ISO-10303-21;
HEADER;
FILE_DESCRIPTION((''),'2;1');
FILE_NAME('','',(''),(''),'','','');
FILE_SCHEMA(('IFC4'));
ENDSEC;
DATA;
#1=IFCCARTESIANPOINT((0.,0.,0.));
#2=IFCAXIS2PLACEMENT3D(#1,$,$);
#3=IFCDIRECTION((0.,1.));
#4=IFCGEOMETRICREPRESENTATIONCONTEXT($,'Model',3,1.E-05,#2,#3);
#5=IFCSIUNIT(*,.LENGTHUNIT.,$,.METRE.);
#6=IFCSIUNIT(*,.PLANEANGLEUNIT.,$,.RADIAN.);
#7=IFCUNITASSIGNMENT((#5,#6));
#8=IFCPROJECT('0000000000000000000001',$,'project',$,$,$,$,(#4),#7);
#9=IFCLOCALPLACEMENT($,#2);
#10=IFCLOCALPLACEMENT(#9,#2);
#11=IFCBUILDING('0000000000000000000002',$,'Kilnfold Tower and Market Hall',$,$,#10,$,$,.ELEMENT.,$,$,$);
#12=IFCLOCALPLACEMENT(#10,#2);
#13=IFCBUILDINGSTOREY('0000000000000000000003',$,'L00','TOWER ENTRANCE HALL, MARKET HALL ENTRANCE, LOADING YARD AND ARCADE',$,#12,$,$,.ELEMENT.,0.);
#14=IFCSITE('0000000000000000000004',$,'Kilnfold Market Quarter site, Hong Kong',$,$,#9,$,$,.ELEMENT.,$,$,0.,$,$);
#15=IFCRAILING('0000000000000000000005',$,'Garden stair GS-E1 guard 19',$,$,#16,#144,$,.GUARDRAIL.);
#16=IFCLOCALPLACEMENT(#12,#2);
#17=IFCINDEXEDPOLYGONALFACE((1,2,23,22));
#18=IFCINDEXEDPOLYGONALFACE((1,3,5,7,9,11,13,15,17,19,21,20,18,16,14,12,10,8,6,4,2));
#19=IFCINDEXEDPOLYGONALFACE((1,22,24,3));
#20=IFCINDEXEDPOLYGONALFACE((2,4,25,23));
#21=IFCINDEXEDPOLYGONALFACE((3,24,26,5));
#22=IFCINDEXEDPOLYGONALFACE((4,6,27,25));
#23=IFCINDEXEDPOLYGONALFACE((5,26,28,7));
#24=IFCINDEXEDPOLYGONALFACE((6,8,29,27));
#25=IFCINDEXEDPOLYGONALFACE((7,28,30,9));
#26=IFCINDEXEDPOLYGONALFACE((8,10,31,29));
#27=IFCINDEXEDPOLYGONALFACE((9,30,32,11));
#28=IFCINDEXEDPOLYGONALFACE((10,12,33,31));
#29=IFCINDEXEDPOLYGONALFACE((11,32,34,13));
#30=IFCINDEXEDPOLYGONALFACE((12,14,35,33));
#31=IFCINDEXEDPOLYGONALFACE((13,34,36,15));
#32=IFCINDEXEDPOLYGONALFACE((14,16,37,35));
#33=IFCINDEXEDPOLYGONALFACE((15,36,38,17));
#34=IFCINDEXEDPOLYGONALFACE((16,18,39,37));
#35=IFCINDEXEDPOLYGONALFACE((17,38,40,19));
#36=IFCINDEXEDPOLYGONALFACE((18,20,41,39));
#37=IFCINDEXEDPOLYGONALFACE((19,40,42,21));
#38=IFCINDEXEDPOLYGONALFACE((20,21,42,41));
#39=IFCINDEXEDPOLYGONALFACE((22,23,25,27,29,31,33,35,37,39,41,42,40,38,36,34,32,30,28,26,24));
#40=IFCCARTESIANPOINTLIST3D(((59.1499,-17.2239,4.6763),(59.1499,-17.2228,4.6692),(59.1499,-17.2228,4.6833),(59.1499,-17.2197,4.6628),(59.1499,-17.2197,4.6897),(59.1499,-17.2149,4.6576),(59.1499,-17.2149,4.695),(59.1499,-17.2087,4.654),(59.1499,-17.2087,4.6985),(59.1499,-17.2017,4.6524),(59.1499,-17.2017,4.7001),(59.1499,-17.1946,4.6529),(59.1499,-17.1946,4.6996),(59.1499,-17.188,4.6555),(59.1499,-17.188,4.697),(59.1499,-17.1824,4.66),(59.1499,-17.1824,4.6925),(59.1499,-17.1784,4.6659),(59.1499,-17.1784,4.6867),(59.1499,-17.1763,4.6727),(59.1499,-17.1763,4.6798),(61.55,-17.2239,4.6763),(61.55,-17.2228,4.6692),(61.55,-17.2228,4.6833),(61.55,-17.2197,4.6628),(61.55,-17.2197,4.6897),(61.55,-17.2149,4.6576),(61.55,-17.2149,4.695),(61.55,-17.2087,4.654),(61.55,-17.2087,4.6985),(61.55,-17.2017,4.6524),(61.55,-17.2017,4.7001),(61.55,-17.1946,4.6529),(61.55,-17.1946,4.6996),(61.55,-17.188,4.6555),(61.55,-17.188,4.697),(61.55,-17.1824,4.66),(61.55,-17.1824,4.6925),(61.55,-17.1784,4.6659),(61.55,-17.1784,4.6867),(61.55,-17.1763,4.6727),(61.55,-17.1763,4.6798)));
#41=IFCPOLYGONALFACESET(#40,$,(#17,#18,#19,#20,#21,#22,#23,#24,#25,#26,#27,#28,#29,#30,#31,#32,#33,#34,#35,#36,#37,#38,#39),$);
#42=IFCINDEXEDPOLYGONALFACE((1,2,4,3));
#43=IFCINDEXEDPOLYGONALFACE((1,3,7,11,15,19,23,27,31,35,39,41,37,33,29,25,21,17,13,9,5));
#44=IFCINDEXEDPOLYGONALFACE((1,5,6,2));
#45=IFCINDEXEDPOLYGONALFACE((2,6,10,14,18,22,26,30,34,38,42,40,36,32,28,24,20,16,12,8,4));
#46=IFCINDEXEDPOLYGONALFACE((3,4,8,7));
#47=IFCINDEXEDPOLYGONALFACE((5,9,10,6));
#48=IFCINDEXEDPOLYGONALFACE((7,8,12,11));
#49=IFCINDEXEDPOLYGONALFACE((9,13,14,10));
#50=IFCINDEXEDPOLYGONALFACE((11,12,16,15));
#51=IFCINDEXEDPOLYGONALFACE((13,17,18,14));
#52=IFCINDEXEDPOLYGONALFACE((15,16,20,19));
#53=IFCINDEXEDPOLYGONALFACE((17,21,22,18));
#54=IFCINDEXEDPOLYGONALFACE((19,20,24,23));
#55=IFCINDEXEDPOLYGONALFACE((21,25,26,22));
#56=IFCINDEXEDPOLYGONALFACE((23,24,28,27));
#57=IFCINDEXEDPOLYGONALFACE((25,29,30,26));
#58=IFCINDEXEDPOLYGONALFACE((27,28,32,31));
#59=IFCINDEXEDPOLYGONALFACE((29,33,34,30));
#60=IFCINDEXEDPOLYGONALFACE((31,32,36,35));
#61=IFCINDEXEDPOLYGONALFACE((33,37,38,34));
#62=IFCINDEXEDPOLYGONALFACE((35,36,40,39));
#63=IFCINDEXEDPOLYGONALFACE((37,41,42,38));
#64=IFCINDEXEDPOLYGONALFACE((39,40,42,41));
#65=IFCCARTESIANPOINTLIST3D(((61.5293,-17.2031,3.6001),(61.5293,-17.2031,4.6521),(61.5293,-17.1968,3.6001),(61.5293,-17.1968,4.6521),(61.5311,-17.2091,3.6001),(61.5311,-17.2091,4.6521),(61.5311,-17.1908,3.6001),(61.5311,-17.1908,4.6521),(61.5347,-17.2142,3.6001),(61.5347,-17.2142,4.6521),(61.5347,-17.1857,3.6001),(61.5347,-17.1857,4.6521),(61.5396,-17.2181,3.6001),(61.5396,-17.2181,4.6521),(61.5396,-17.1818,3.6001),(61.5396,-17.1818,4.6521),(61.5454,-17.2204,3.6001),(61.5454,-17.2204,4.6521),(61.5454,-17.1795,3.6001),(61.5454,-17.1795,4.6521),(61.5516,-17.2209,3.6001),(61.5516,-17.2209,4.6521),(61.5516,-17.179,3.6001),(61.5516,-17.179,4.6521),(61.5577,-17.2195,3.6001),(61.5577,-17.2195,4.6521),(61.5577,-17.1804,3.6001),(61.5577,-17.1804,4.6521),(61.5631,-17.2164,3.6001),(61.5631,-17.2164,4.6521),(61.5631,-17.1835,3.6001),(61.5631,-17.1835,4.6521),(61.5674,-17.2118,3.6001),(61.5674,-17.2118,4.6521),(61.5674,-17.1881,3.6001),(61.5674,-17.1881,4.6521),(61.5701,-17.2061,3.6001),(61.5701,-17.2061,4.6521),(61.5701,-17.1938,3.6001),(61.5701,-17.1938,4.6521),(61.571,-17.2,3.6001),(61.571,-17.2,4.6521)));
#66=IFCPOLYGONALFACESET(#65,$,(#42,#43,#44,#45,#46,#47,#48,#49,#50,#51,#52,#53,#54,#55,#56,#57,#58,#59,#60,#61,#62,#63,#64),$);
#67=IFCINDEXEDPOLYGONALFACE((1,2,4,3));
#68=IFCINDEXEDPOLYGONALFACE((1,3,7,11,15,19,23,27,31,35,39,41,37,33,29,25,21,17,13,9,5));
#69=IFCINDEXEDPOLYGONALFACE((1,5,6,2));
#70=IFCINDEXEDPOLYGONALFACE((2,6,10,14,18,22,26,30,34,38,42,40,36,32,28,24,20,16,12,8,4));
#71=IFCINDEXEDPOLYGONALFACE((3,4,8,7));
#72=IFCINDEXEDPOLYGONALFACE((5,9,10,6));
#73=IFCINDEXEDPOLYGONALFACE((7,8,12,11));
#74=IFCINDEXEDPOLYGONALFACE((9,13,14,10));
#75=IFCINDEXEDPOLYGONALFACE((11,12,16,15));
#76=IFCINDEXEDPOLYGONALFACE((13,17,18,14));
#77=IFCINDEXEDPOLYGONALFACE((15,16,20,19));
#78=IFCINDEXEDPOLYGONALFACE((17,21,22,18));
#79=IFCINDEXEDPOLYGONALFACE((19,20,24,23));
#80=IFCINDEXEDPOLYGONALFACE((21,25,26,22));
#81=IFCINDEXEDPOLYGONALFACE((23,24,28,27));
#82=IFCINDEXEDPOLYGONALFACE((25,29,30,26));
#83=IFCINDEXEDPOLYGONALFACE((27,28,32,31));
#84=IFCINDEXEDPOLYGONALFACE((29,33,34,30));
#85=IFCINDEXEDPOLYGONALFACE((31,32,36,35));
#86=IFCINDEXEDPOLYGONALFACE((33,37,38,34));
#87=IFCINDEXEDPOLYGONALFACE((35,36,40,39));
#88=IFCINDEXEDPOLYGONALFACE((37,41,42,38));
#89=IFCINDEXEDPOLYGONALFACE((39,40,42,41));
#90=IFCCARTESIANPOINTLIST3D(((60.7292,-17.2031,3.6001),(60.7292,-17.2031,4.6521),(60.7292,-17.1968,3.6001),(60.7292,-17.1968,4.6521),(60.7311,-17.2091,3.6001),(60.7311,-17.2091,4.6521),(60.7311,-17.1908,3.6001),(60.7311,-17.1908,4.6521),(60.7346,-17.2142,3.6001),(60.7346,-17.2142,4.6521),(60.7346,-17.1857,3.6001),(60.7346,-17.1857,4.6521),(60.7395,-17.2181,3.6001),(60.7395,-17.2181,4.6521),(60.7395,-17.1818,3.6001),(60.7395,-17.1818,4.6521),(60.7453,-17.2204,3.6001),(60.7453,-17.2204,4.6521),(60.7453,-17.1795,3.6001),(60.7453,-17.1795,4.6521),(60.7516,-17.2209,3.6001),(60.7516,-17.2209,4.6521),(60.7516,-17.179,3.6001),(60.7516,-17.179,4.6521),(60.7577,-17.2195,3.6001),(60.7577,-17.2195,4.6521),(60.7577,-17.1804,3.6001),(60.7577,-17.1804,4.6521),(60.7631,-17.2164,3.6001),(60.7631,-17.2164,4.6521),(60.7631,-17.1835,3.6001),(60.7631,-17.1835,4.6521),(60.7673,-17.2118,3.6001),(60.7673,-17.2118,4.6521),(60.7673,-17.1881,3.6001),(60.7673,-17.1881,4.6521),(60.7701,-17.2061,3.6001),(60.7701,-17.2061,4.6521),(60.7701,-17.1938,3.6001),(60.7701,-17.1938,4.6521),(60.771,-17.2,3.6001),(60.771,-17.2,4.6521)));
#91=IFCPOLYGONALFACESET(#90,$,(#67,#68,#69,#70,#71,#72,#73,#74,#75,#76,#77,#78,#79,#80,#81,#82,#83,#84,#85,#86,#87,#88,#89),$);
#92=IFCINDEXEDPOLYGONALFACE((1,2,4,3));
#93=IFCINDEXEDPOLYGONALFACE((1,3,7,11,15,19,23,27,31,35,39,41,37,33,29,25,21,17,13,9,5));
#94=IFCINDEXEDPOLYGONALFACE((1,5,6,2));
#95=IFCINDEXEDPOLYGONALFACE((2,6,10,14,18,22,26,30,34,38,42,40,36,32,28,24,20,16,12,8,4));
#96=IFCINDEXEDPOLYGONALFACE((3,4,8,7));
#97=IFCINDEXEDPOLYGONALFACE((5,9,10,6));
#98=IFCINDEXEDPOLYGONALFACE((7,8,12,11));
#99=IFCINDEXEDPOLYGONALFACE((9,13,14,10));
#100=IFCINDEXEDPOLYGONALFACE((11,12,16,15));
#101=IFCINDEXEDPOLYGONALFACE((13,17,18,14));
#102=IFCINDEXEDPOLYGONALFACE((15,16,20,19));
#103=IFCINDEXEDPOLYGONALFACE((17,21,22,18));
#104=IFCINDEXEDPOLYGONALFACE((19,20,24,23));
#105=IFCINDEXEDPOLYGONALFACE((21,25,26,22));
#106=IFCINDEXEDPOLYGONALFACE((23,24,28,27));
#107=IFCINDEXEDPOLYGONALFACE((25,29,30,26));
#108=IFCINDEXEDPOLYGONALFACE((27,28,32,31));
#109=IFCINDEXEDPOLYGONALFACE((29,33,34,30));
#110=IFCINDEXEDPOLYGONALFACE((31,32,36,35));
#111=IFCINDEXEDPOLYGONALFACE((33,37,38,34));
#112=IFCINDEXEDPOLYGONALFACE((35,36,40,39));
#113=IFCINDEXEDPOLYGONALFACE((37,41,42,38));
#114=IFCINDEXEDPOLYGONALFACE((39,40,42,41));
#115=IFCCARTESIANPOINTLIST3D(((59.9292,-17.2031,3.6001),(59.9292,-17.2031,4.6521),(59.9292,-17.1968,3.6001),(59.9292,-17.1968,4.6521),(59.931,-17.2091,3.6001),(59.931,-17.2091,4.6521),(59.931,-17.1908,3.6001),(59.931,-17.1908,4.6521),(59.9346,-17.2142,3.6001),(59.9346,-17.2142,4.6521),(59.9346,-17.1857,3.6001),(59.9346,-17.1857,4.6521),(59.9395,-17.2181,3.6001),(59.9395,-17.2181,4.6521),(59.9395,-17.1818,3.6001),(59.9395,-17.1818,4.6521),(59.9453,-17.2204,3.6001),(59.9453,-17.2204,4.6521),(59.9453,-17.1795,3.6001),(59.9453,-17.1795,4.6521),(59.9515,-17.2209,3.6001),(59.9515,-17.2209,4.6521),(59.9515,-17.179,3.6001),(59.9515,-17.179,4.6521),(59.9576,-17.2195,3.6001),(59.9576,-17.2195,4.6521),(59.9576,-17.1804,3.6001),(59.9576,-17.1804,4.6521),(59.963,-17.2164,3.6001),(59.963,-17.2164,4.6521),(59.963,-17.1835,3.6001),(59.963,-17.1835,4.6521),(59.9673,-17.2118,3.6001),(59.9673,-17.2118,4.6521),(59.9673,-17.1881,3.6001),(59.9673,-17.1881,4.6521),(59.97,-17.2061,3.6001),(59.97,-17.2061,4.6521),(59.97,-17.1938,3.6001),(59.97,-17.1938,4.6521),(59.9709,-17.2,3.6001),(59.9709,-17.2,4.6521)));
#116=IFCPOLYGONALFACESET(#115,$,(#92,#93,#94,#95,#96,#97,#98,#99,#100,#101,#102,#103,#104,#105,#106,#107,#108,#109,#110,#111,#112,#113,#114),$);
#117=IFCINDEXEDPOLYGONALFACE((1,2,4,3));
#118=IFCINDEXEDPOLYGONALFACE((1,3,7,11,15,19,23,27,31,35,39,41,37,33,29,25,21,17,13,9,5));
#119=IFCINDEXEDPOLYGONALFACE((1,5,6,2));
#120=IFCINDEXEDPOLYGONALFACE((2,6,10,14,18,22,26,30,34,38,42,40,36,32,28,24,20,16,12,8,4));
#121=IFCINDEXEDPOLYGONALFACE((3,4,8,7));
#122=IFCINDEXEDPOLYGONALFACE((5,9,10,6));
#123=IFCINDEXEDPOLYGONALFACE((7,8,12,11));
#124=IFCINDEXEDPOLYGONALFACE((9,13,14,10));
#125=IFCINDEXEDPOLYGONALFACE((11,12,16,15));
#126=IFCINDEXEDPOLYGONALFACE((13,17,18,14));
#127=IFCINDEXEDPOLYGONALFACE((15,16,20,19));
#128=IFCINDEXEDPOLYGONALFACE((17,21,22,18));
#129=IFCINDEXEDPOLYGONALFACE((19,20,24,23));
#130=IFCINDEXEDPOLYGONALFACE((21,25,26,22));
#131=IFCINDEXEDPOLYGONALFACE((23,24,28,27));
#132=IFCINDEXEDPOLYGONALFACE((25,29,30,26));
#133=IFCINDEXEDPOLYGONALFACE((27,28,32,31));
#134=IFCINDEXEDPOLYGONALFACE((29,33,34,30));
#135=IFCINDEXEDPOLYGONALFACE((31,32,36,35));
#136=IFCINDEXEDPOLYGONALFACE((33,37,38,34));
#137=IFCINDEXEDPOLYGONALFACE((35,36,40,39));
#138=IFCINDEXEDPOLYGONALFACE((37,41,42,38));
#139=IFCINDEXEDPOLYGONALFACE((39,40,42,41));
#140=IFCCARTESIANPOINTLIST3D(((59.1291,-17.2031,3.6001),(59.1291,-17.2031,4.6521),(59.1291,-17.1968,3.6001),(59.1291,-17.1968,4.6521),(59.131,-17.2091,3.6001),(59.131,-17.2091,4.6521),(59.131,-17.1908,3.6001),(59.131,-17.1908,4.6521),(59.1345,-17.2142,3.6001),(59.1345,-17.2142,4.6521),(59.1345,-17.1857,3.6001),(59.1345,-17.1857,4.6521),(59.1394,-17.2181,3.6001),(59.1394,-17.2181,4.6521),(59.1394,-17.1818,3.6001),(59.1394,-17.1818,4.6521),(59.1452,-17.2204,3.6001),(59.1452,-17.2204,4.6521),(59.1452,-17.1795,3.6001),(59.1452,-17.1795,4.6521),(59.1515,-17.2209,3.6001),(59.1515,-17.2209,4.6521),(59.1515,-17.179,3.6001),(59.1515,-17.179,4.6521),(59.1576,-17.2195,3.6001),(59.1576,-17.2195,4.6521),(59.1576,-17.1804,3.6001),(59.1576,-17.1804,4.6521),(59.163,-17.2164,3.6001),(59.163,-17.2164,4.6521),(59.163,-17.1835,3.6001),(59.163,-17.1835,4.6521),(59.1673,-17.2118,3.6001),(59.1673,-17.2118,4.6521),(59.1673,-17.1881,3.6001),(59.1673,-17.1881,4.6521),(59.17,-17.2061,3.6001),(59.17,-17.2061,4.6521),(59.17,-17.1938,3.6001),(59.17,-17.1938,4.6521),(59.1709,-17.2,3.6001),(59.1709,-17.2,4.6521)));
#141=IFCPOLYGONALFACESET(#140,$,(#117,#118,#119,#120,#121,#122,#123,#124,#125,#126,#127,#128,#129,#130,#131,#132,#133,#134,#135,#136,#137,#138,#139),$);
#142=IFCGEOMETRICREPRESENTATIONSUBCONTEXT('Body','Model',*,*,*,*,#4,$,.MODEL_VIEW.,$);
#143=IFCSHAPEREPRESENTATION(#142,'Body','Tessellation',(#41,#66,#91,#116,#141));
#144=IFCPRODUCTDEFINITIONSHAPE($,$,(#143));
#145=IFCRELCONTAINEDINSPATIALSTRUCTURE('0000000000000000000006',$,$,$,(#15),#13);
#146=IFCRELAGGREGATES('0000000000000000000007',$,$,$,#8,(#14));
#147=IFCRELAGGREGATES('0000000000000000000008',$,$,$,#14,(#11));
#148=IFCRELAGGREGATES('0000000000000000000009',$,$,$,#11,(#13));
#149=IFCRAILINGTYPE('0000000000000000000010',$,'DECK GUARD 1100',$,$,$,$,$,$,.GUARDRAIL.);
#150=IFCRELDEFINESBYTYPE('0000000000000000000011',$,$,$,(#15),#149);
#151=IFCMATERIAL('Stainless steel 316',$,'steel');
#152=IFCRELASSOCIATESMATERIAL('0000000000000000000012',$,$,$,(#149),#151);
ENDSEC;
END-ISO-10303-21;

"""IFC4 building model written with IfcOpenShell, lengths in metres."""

from ifc_helpers import new_model, si_unit, direction, frame, origin, origin_2d, place, context, subcontext, project, spatial, circle, extrude, material, type_object, element, save


model = new_model("IFC4")

# Units and contexts
model_context = context("Model", 3, precision=1e-05, world=origin(), true_north=direction((0.0, 1.0)))
body_context = subcontext(model_context, "Body", "Model", "MODEL_VIEW")
ifc_project = project(units=[si_unit("LENGTHUNIT", "METRE"), si_unit("PLANEANGLEUNIT", "RADIAN")], contexts=[model_context])

# Site, building, storey
site_placement = place(None, origin())
site = spatial("IfcSite", under=ifc_project, at=site_placement, Name="Kilnfold Market Quarter site, Hong Kong", CompositionType="ELEMENT", RefElevation=0.0)
building_placement = place(site_placement, origin())
building = spatial("IfcBuilding", under=site, at=building_placement, Name="Kilnfold Tower and Market Hall", CompositionType="ELEMENT")
storey_placement = place(building_placement, origin())
storey = spatial("IfcBuildingStorey", under=building, at=storey_placement, Name="L00", Description="TOWER ENTRANCE HALL, MARKET HALL ENTRANCE, LOADING YARD AND ARCADE", CompositionType="ELEMENT", Elevation=0.0)

# Railing
ifc_material_1 = material(Name="Stainless steel 316", Category="steel")
railing_type_1 = type_object("IfcRailingType", Name="DECK GUARD 1100", PredefinedType="GUARDRAIL", material=ifc_material_1)
for number, where, name in (
    (1, (61.55, -17.2, 3.6001), "Garden stair GS-E1 guard 19"),
):
    element("IfcRailing", number, at=place(storey_placement, frame(where)), inside=storey, type_object=railing_type_1, Name=name, PredefinedType="GUARDRAIL", context=body_context, shape_type="SweptSolid", body=[
        extrude(circle(Radius=0.0239, at=origin_2d()), frame((0.0, 0.0, 1.0762), z_axis=(-1.0, 0.0, 0.0), x_axis=(0.0, -1.0, 0.0)), (0.0, 0.0, 1.0), 2.4001),
        extrude(circle(Radius=0.021, at=origin_2d()), origin(), (0.0, 0.0, 1.0), 1.052),
        extrude(circle(Radius=0.021, at=origin_2d()), frame((-0.8, 0.0, 0.0)), (0.0, 0.0, 1.0), 1.052),
        extrude(circle(Radius=0.021, at=origin_2d()), frame((-1.6001, 0.0, 0.0)), (0.0, 0.0, 1.0), 1.052),
        extrude(circle(Radius=0.021, at=origin_2d()), frame((-2.4001, 0.0, 0.0)), (0.0, 0.0, 1.0), 1.052),
    ])

save(model, "model.ifc")
